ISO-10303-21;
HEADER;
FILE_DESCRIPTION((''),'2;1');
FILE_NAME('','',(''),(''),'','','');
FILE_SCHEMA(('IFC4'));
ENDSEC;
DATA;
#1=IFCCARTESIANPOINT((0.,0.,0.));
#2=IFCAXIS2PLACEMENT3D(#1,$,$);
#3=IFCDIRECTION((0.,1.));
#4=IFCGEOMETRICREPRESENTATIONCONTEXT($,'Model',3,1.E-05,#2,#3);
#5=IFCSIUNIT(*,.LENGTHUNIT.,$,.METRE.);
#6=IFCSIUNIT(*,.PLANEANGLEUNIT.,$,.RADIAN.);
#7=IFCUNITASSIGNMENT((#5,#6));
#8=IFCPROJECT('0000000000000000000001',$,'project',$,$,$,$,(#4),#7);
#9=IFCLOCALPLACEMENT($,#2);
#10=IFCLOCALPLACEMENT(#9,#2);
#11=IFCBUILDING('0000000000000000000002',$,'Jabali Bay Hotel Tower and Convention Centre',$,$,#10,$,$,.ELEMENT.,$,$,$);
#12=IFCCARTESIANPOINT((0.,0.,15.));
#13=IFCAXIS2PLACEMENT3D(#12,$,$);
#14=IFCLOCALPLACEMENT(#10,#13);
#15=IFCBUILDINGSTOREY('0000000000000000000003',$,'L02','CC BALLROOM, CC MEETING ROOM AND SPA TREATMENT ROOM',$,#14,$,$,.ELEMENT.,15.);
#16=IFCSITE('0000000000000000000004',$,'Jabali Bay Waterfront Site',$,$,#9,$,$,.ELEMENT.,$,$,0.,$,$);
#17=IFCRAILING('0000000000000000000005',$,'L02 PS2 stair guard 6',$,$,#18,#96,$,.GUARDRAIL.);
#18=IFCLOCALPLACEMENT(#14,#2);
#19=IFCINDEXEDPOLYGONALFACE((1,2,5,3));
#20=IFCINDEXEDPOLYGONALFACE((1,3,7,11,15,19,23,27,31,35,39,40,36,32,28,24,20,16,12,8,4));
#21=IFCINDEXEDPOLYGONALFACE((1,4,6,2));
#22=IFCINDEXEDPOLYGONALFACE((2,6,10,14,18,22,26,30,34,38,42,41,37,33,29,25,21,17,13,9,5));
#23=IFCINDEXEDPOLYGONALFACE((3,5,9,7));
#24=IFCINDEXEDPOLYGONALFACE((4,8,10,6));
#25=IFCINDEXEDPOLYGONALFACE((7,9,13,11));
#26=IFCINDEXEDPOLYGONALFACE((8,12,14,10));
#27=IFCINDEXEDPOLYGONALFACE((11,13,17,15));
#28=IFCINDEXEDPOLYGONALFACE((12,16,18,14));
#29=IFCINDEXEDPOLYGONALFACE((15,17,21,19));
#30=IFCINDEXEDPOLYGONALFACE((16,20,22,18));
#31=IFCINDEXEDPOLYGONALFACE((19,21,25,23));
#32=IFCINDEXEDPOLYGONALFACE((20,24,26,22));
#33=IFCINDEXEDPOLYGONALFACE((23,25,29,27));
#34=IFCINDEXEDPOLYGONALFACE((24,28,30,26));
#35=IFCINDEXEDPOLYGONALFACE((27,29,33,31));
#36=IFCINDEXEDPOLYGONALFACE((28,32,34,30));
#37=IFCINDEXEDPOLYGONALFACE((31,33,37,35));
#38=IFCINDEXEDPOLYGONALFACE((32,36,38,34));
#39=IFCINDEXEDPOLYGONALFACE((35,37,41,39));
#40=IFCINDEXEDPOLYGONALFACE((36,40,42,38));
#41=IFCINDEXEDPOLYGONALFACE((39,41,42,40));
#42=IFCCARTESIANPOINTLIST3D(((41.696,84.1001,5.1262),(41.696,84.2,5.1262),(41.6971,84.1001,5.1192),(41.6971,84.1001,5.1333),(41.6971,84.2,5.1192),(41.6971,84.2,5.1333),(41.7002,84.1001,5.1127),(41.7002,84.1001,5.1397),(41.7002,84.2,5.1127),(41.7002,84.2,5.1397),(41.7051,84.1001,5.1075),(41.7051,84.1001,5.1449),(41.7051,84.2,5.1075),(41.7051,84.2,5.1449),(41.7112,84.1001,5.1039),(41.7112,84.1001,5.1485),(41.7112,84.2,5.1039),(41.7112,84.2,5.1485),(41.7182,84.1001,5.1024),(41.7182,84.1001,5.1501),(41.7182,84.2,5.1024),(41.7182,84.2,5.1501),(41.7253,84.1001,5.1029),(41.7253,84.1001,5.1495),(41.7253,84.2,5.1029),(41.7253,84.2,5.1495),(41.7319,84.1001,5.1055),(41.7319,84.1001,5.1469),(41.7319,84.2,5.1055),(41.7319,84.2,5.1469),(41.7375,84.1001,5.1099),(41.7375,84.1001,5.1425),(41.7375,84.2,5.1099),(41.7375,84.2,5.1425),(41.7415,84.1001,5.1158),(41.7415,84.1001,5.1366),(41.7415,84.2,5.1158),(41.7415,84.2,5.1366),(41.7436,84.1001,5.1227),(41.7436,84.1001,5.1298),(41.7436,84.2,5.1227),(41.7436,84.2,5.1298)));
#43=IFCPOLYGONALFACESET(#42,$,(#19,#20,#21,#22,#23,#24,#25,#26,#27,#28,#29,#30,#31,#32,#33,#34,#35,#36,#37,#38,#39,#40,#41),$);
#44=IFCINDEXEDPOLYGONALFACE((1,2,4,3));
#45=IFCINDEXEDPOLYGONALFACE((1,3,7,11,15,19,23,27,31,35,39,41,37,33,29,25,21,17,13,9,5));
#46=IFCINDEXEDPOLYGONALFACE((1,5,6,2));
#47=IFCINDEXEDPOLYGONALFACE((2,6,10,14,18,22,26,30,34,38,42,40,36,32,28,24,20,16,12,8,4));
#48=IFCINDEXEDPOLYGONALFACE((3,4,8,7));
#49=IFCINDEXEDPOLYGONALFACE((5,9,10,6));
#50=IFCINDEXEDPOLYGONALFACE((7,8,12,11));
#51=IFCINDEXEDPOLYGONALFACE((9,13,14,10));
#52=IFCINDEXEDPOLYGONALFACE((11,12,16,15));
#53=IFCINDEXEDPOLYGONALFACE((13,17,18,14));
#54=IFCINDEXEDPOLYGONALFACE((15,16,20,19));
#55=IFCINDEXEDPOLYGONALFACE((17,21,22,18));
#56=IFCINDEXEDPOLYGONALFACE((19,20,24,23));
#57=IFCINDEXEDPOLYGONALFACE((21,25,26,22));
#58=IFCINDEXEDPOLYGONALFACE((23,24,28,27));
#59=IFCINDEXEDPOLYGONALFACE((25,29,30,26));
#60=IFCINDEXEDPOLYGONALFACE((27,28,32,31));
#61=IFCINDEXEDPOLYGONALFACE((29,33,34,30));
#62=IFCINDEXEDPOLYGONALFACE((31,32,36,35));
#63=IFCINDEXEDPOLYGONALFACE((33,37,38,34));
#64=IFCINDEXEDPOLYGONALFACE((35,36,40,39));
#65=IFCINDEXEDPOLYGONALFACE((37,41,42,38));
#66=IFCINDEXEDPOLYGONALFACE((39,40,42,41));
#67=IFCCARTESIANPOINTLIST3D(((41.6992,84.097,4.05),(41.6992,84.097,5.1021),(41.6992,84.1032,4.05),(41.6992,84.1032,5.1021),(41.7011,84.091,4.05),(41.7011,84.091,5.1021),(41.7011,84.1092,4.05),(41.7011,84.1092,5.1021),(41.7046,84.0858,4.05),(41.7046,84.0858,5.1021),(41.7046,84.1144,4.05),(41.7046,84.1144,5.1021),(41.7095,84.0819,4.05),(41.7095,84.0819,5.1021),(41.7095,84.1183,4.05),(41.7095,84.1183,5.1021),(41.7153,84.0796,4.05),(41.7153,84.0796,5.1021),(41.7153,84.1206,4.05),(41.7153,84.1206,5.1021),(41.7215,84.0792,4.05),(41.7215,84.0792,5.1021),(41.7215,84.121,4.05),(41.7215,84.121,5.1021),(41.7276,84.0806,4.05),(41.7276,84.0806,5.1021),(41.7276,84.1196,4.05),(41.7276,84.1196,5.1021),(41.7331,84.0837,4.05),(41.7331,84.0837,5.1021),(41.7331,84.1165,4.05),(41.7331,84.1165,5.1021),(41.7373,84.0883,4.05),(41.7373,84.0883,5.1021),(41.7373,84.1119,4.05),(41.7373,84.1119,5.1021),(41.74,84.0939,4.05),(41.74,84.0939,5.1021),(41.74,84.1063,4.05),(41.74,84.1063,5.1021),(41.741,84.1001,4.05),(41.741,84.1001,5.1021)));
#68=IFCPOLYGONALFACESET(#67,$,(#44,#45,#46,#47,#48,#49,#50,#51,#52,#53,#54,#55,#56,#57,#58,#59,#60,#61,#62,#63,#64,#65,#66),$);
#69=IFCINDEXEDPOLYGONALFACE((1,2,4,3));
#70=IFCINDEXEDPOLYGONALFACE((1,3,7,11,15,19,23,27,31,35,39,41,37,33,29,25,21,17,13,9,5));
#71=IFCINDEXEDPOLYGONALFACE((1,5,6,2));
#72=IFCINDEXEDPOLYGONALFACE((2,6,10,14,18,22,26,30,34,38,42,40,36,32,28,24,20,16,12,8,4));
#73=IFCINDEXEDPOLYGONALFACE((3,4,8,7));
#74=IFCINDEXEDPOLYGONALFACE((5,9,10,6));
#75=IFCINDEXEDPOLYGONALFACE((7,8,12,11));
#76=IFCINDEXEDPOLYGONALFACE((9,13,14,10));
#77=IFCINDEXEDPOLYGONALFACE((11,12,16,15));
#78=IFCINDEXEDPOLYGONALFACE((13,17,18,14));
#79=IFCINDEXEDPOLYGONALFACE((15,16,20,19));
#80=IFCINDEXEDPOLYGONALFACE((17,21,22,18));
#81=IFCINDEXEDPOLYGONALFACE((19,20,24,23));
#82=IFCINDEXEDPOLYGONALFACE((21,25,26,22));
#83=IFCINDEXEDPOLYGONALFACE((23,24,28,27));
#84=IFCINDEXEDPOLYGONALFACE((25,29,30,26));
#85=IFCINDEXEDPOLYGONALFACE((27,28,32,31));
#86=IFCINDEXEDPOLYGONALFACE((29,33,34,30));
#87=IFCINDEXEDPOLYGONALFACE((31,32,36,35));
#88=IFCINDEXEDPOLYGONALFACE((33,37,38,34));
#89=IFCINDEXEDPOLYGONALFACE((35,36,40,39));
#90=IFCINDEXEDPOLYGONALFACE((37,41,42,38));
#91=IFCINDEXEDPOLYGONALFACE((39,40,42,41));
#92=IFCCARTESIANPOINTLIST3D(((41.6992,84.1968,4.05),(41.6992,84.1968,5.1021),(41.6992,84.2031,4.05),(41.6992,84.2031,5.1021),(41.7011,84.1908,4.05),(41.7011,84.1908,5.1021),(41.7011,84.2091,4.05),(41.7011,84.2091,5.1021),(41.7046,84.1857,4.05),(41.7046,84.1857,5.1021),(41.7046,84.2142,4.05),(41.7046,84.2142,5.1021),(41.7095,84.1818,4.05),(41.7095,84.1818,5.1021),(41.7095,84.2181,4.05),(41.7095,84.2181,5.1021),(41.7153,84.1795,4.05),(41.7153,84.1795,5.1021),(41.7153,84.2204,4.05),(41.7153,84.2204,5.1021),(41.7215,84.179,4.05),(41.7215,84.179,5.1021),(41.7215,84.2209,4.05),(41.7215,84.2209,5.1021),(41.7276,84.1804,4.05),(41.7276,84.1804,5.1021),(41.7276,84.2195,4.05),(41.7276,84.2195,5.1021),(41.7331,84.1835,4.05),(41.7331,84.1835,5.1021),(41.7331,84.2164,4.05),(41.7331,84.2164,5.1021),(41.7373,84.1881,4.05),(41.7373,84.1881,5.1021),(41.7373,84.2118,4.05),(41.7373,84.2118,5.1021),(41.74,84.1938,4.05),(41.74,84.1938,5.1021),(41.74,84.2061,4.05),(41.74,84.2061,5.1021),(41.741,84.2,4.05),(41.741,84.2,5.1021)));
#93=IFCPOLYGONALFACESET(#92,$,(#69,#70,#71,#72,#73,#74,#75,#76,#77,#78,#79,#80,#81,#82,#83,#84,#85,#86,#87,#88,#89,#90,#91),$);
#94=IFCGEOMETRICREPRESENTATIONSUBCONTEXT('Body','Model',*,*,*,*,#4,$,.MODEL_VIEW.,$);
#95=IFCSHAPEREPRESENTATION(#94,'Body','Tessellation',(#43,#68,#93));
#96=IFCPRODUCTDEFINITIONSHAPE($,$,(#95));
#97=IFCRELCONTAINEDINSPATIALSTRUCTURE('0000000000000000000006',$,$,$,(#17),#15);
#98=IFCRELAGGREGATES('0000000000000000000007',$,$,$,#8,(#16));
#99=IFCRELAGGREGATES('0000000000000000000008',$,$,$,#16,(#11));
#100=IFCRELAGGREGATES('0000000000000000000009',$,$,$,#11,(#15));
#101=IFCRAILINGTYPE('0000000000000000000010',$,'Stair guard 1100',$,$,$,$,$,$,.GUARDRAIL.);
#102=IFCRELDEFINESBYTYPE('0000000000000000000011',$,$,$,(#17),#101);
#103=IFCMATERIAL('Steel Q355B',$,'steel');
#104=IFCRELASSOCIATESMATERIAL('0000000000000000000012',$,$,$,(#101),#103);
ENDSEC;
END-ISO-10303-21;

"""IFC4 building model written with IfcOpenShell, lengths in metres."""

from ifc_helpers import new_model, si_unit, direction, frame, origin, origin_2d, place, context, subcontext, project, spatial, circle, extrude, material, type_object, element, save


model = new_model("IFC4")

# Units and contexts
model_context = context("Model", 3, precision=1e-05, world=origin(), true_north=direction((0.0, 1.0)))
body_context = subcontext(model_context, "Body", "Model", "MODEL_VIEW")
ifc_project = project(units=[si_unit("LENGTHUNIT", "METRE"), si_unit("PLANEANGLEUNIT", "RADIAN")], contexts=[model_context])

# Site, building, storey
site_placement = place(None, origin())
site = spatial("IfcSite", under=ifc_project, at=site_placement, Name="Jabali Bay Waterfront Site", CompositionType="ELEMENT", RefElevation=0.0)
building_placement = place(site_placement, origin())
building = spatial("IfcBuilding", under=site, at=building_placement, Name="Jabali Bay Hotel Tower and Convention Centre", CompositionType="ELEMENT")
storey_placement = place(building_placement, frame((0.0, 0.0, 15.0)))
storey = spatial("IfcBuildingStorey", under=building, at=storey_placement, Name="L02", Description="CC BALLROOM, CC MEETING ROOM AND SPA TREATMENT ROOM", CompositionType="ELEMENT", Elevation=15.0)

# Railing
ifc_material_1 = material(Name="Steel Q355B", Category="steel")
railing_type_1 = type_object("IfcRailingType", Name="Stair guard 1100", PredefinedType="GUARDRAIL", material=ifc_material_1)
railing_1_placement = place(storey_placement, frame((41.72, 84.1001, 4.05)))
element("IfcRailing", 1, at=railing_1_placement, inside=storey, type_object=railing_type_1, Name="L02 PS2 stair guard 6", PredefinedType="GUARDRAIL", context=body_context, shape_type="SweptSolid", body=[
    extrude(circle(Radius=0.0239, at=origin_2d()), frame((0.0, 0.0, 1.0762), z_axis=(0.0, 1.0, 0.0), x_axis=(-1.0, 0.0, 0.0)), (0.0, 0.0, 1.0), 0.0999),
    extrude(circle(Radius=0.021, at=origin_2d()), origin(), (0.0, 0.0, 1.0), 1.052),
    extrude(circle(Radius=0.021, at=origin_2d()), frame((0.0, 0.0999, 0.0)), (0.0, 0.0, 1.0), 1.052),
])

save(model, "model.ifc")
